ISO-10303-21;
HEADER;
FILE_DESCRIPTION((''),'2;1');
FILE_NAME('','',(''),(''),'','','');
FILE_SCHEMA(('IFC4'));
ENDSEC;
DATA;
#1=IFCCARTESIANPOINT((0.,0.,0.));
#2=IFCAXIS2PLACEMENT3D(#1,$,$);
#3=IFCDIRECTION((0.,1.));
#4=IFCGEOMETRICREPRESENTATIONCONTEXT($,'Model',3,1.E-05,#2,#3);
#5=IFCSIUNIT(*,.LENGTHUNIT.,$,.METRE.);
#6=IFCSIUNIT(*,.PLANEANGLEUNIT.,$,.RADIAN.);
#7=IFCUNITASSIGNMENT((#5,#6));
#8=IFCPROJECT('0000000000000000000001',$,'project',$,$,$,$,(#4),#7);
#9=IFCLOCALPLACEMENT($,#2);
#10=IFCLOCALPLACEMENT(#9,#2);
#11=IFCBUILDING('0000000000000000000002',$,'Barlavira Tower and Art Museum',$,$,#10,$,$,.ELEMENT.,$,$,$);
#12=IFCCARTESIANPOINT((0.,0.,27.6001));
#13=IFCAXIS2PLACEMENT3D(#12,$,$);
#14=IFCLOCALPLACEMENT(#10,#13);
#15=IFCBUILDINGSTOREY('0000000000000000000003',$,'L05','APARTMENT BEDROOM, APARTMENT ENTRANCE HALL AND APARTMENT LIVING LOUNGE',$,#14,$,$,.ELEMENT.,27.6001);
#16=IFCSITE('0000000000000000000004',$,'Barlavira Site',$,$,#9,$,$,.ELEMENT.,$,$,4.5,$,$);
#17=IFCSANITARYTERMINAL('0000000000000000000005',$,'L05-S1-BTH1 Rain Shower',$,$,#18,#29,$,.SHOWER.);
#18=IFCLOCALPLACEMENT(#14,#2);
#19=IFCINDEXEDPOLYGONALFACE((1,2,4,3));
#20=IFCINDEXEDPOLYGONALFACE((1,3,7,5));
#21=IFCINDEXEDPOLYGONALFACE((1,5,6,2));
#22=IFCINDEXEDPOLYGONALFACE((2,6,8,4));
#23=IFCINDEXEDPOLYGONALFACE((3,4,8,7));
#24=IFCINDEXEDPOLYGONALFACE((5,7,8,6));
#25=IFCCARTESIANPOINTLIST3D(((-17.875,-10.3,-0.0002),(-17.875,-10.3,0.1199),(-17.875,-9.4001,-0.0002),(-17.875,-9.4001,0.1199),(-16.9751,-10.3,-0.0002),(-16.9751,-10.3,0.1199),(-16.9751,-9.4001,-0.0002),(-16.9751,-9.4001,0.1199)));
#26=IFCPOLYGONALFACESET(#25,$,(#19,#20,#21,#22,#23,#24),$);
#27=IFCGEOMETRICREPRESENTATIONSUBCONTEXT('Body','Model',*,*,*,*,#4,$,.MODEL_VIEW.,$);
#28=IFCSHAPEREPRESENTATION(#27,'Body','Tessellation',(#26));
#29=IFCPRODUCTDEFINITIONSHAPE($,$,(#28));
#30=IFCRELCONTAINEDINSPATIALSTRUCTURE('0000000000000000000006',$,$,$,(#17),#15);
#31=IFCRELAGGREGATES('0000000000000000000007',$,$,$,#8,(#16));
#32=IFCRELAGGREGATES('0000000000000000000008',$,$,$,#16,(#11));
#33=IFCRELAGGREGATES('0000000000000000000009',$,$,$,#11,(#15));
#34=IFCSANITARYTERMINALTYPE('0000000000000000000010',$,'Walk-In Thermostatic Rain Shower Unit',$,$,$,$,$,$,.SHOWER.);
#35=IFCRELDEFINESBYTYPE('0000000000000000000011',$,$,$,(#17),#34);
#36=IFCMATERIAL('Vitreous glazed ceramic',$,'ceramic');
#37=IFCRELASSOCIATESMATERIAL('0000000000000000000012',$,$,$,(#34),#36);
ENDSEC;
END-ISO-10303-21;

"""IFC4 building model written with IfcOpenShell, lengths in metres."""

from ifc_helpers import new_model, si_unit, direction, frame, origin, origin_2d, place, context, subcontext, project, spatial, rectangle, extrude, material, type_object, element, save


model = new_model("IFC4")

# Units and contexts
model_context = context("Model", 3, precision=1e-05, world=origin(), true_north=direction((0.0, 1.0)))
body_context = subcontext(model_context, "Body", "Model", "MODEL_VIEW")
ifc_project = project(units=[si_unit("LENGTHUNIT", "METRE"), si_unit("PLANEANGLEUNIT", "RADIAN")], contexts=[model_context])

# Site, building, storey
site_placement = place(None, origin())
site = spatial("IfcSite", under=ifc_project, at=site_placement, Name="Barlavira Site", CompositionType="ELEMENT", RefElevation=4.5)
building_placement = place(site_placement, origin())
building = spatial("IfcBuilding", under=site, at=building_placement, Name="Barlavira Tower and Art Museum", CompositionType="ELEMENT")
storey_placement = place(building_placement, frame((0.0, 0.0, 27.6001)))
storey = spatial("IfcBuildingStorey", under=building, at=storey_placement, Name="L05", Description="APARTMENT BEDROOM, APARTMENT ENTRANCE HALL AND APARTMENT LIVING LOUNGE", CompositionType="ELEMENT", Elevation=27.6001)

# Sanitary terminal
ifc_material_1 = material(Name="Vitreous glazed ceramic", Category="ceramic")
sanitary_terminal_type = type_object("IfcSanitaryTerminalType", Name="Walk-In Thermostatic Rain Shower Unit", PredefinedType="SHOWER", material=ifc_material_1)
sanitary_terminal_placement = place(storey_placement, frame((-17.425, -9.8501, -0.0002), z_axis=(0.0, 0.0, 1.0), x_axis=(1.0, 0.0, 0.0)))
element("IfcSanitaryTerminal", 1, at=sanitary_terminal_placement, inside=storey, type_object=sanitary_terminal_type, Name="L05-S1-BTH1 Rain Shower", PredefinedType="SHOWER", context=body_context, shape_type="SweptSolid", body=[
    extrude(rectangle(XDim=0.8999, YDim=0.8999, at=origin_2d()), origin(), (0.0, 0.0, 1.0), 0.1201),
])

save(model, "model.ifc")
